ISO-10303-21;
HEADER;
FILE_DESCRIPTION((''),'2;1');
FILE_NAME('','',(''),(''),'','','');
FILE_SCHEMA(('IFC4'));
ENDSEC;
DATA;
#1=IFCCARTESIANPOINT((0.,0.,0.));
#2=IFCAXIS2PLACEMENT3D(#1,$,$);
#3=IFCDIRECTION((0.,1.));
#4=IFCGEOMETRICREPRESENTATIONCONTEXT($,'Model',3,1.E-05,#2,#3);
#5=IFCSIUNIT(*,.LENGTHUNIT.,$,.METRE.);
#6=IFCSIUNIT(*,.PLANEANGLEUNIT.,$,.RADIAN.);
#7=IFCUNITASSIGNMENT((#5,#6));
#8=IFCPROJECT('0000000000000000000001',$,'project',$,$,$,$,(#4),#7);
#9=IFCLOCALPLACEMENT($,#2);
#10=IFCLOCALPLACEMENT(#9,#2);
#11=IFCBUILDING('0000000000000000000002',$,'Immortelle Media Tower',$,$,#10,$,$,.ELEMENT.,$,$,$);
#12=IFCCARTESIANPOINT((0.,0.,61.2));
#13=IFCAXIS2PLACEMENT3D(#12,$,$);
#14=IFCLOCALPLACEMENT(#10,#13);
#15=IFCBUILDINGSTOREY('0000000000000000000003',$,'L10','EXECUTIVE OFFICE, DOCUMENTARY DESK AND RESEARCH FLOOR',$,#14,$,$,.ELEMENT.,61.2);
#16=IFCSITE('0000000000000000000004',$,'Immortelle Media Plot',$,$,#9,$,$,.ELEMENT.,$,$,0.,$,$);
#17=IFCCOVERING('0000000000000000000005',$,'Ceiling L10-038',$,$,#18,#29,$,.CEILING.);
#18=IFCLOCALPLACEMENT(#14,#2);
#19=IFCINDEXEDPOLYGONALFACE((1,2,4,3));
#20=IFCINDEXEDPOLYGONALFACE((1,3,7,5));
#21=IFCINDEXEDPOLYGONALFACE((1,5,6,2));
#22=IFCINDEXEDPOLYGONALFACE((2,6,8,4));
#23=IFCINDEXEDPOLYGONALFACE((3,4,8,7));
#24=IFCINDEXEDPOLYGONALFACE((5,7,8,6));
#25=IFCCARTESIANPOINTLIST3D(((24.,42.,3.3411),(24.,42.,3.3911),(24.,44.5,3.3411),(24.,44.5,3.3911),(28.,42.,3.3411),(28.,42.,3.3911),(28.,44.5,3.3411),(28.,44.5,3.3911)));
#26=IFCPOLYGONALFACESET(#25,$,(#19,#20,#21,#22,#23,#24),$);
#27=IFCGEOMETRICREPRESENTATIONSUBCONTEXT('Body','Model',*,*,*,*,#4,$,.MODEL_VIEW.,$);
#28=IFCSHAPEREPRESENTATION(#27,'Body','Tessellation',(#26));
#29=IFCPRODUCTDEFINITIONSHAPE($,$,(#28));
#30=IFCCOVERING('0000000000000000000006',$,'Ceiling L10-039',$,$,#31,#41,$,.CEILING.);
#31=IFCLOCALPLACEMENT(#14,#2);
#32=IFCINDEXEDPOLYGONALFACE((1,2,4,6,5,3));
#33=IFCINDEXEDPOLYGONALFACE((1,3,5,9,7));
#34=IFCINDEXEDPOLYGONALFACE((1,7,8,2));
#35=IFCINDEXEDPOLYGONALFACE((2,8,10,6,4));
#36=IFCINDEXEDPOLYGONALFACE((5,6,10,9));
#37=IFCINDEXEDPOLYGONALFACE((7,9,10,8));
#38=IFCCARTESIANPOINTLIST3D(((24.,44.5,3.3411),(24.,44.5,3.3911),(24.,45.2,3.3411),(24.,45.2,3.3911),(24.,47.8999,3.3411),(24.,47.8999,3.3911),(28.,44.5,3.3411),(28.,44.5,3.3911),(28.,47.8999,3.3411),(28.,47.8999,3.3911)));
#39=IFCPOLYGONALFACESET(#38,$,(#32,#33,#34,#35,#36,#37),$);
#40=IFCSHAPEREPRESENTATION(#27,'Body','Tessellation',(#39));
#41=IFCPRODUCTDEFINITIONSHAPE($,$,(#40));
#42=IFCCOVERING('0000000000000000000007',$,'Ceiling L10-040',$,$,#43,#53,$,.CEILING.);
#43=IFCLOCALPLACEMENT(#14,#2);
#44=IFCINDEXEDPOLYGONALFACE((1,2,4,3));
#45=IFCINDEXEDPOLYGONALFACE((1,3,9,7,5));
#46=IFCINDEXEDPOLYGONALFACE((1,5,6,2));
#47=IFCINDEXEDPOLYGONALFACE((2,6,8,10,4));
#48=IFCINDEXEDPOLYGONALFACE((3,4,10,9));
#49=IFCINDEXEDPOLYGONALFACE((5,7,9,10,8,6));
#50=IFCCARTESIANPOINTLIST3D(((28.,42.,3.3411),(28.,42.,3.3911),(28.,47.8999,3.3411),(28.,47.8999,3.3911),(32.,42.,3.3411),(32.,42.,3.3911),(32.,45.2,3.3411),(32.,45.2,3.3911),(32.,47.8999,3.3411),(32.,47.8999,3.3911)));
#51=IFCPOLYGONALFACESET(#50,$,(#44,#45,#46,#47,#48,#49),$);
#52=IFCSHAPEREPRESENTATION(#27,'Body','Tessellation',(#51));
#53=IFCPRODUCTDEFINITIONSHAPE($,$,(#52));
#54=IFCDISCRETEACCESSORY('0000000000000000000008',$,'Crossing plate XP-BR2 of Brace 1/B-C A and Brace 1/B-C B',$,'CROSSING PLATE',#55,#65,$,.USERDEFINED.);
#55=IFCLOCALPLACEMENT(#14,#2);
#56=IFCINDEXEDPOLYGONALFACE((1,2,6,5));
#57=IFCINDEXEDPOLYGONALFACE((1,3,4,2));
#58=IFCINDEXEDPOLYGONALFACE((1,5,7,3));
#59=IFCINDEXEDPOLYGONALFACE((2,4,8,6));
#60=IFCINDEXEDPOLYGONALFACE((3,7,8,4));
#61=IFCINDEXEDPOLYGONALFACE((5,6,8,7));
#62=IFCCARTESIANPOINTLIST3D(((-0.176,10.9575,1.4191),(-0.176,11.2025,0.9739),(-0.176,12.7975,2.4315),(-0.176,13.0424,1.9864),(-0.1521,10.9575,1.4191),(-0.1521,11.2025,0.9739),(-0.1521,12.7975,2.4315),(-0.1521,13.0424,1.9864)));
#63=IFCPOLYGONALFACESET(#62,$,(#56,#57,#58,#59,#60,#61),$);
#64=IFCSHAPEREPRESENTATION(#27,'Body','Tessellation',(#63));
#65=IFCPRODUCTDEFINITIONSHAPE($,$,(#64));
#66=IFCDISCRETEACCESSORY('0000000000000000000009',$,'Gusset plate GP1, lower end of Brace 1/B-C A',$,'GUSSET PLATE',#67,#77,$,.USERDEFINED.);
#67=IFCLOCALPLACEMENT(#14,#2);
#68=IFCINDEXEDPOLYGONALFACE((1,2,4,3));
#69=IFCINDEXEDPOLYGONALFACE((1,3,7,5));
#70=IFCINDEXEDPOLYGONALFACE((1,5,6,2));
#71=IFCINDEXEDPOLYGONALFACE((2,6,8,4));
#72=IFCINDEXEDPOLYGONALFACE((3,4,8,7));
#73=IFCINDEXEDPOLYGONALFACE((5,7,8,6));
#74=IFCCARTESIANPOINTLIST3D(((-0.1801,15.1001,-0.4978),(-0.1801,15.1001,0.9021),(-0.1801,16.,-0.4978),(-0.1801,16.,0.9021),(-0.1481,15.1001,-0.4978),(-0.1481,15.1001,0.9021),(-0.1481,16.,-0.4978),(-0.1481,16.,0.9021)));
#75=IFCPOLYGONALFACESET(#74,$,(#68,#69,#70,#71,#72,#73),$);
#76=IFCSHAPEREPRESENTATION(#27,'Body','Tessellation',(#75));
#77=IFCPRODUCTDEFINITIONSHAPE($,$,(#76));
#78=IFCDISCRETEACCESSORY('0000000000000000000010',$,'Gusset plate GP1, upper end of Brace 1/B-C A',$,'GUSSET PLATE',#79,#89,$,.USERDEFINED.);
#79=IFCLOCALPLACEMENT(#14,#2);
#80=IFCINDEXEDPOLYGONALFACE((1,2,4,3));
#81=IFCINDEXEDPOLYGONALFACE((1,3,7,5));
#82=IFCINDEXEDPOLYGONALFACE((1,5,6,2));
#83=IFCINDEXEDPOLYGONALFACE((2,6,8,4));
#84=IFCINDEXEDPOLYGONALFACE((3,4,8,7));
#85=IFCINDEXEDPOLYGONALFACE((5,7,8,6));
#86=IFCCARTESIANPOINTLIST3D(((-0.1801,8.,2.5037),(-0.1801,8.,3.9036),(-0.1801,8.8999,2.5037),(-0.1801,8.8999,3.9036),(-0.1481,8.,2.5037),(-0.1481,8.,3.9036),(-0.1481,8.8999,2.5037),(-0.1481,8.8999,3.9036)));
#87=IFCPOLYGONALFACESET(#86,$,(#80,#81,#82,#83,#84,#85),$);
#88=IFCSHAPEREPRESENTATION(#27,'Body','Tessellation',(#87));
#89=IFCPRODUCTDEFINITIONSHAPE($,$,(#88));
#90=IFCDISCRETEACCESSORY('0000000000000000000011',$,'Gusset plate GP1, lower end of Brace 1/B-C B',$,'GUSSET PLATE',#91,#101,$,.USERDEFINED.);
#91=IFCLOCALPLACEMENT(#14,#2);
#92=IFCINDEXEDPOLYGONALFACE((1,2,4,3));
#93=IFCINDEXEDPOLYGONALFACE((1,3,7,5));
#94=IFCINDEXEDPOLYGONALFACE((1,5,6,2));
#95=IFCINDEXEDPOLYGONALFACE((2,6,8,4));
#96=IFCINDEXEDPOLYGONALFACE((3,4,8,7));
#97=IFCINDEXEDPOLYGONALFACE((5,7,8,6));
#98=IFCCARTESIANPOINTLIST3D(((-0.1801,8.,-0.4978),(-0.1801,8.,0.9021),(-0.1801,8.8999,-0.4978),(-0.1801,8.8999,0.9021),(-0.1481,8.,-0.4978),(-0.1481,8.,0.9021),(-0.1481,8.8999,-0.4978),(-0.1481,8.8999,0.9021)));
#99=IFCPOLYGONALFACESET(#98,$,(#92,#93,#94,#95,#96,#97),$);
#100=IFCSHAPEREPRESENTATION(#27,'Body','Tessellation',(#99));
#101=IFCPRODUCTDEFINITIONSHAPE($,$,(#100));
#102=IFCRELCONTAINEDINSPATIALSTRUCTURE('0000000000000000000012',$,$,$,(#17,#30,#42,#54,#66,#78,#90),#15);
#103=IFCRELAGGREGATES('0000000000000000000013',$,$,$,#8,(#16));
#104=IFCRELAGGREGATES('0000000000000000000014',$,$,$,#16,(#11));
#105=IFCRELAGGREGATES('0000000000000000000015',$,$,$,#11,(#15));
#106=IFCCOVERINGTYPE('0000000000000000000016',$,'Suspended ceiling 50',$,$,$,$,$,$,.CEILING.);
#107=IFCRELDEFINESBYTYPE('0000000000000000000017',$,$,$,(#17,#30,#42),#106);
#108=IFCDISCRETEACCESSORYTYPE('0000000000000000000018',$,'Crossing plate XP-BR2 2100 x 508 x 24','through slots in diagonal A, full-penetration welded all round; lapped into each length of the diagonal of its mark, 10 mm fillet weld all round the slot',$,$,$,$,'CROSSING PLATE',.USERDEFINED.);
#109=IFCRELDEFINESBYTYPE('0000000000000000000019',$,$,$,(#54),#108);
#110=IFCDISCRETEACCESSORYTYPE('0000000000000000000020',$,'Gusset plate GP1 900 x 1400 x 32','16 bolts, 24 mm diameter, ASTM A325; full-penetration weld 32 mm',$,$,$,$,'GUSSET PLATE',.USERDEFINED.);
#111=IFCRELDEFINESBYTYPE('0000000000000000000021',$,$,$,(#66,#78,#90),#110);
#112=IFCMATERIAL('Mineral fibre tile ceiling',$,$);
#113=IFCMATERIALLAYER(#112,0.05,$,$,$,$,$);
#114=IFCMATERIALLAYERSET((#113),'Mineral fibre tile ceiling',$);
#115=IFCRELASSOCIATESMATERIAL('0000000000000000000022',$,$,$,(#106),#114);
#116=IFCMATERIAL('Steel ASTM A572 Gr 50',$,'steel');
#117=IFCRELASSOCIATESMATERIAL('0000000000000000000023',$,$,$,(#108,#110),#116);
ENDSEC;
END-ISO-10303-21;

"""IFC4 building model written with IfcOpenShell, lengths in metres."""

from ifc_helpers import new_model, si_unit, direction, frame, origin, origin_2d, place, context, subcontext, project, spatial, polyline, rectangle, outline, extrude, material, layer, layer_set, material_profile, profile_set, type_object, element, save


model = new_model("IFC4")

# Units and contexts
model_context = context("Model", 3, precision=1e-05, world=origin(), true_north=direction((0.0, 1.0)))
body_context = subcontext(model_context, "Body", "Model", "MODEL_VIEW")
ifc_project = project(units=[si_unit("LENGTHUNIT", "METRE"), si_unit("PLANEANGLEUNIT", "RADIAN")], contexts=[model_context])

# Site, building, storey
site_placement = place(None, origin())
site = spatial("IfcSite", under=ifc_project, at=site_placement, Name="Immortelle Media Plot", CompositionType="ELEMENT", RefElevation=0.0)
building_placement = place(site_placement, origin())
building = spatial("IfcBuilding", under=site, at=building_placement, Name="Immortelle Media Tower", CompositionType="ELEMENT")
storey_placement = place(building_placement, frame((0.0, 0.0, 61.2)))
storey = spatial("IfcBuildingStorey", under=building, at=storey_placement, Name="L10", Description="EXECUTIVE OFFICE, DOCUMENTARY DESK AND RESEARCH FLOOR", CompositionType="ELEMENT", Elevation=61.2)

# Coverings
ifc_material_1 = material(Name="Mineral fibre tile ceiling")
ifc_layer = layer(ifc_material_1, 0.05)
ifc_layer_set = layer_set([ifc_layer], Name="Mineral fibre tile ceiling")
covering_type = type_object("IfcCoveringType", Name="Suspended ceiling 50", PredefinedType="CEILING", material=ifc_layer_set)
covering_1_placement = place(storey_placement, frame((0.0, 0.0, 3.3411)))
element("IfcCovering", 1, at=covering_1_placement, inside=storey, type_object=covering_type, Name="Ceiling L10-038", PredefinedType="CEILING", context=body_context, shape_type="SweptSolid", body=[
    extrude(outline(polyline([(28.0, 42.0), (24.0, 42.0), (24.0, 44.5), (28.0, 44.5), (28.0, 42.0)])), origin(), (0.0, 0.0, 1.0), 0.05),
])
covering_2_placement = place(storey_placement, frame((0.0, 0.0, 3.3411)))
element("IfcCovering", 2, at=covering_2_placement, inside=storey, type_object=covering_type, Name="Ceiling L10-039", PredefinedType="CEILING", context=body_context, shape_type="SweptSolid", body=[
    extrude(outline(polyline([(24.0, 47.8999), (28.0, 47.8999), (28.0, 44.5), (24.0, 44.5), (24.0, 45.2), (24.0, 47.8999)])), origin(), (0.0, 0.0, 1.0), 0.05),
])
covering_3_placement = place(storey_placement, frame((0.0, 0.0, 3.3411)))
element("IfcCovering", 3, at=covering_3_placement, inside=storey, type_object=covering_type, Name="Ceiling L10-040", PredefinedType="CEILING", context=body_context, shape_type="SweptSolid", body=[
    extrude(outline(polyline([(32.0, 47.8999), (32.0, 45.2), (32.0, 42.0), (28.0, 42.0), (28.0, 47.8999), (32.0, 47.8999)])), origin(), (0.0, 0.0, 1.0), 0.05),
])

# Discrete accessories
ifc_material_2 = material(Name="Steel ASTM A572 Gr 50", Category="steel")
ifc_material_profile_1 = material_profile(ifc_material_2, rectangle(XDim=0.0239, YDim=0.5081, at=origin_2d()), Name="PL 24 x 508")
ifc_profile_set_1 = profile_set([ifc_material_profile_1], Name="Steel ASTM A572 Gr 50")
discrete_accessory_type_1 = type_object("IfcDiscreteAccessoryType", Name="Crossing plate XP-BR2 2100 x 508 x 24", Description="through slots in diagonal A, full-penetration welded all round; lapped into each length of the diagonal of its mark, 10 mm fillet weld all round the slot", ElementType="CROSSING PLATE", PredefinedType="USERDEFINED", material=ifc_profile_set_1)
discrete_accessory_placement = place(storey_placement, frame((-0.1641, 12.9199, 2.209), z_axis=(0.0, -0.876108, -0.482115), x_axis=(1.0, 0.0, 0.0)))
element("IfcDiscreteAccessory", 4, at=discrete_accessory_placement, inside=storey, type_object=discrete_accessory_type_1, Name="Crossing plate XP-BR2 of Brace 1/B-C A and Brace 1/B-C B", ObjectType="CROSSING PLATE", PredefinedType="USERDEFINED", context=body_context, shape_type="SweptSolid", body=[
    extrude(rectangle(XDim=0.0239, YDim=0.5081, at=origin_2d()), origin(), (0.0, 0.0, 1.0), 2.1001),
])
ifc_material_profile_2 = material_profile(ifc_material_2, rectangle(XDim=0.032, YDim=1.3999, at=origin_2d()), Name="PL 32 x 1400")
ifc_profile_set_2 = profile_set([ifc_material_profile_2], Name="Steel ASTM A572 Gr 50")
discrete_accessory_type_2 = type_object("IfcDiscreteAccessoryType", Name="Gusset plate GP1 900 x 1400 x 32", Description="16 bolts, 24 mm diameter, ASTM A325; full-penetration weld 32 mm", ElementType="GUSSET PLATE", PredefinedType="USERDEFINED", material=ifc_profile_set_2)
for number, where, z_axis, x_axis, name in (
    (5, (-0.1641, 16.0, 0.2021), (0.0, -1.0, 0.0), (1.0, 0.0, 0.0), "Gusset plate GP1, lower end of Brace 1/B-C A"),
    (6, (-0.1641, 8.0, 3.2036), (0.0, 1.0, 0.0), (-1.0, 0.0, 0.0), "Gusset plate GP1, upper end of Brace 1/B-C A"),
    (7, (-0.1641, 8.0, 0.2021), (0.0, 1.0, 0.0), (-1.0, 0.0, 0.0), "Gusset plate GP1, lower end of Brace 1/B-C B"),
):
    element("IfcDiscreteAccessory", number, at=place(storey_placement, frame(where, z_axis=z_axis, x_axis=x_axis)), inside=storey, type_object=discrete_accessory_type_2, Name=name, ObjectType="GUSSET PLATE", PredefinedType="USERDEFINED", context=body_context, shape_type="SweptSolid", body=[
        extrude(rectangle(XDim=0.032, YDim=1.3999, at=origin_2d()), origin(), (0.0, 0.0, 1.0), 0.8999),
    ])

save(model, "model.ifc")
